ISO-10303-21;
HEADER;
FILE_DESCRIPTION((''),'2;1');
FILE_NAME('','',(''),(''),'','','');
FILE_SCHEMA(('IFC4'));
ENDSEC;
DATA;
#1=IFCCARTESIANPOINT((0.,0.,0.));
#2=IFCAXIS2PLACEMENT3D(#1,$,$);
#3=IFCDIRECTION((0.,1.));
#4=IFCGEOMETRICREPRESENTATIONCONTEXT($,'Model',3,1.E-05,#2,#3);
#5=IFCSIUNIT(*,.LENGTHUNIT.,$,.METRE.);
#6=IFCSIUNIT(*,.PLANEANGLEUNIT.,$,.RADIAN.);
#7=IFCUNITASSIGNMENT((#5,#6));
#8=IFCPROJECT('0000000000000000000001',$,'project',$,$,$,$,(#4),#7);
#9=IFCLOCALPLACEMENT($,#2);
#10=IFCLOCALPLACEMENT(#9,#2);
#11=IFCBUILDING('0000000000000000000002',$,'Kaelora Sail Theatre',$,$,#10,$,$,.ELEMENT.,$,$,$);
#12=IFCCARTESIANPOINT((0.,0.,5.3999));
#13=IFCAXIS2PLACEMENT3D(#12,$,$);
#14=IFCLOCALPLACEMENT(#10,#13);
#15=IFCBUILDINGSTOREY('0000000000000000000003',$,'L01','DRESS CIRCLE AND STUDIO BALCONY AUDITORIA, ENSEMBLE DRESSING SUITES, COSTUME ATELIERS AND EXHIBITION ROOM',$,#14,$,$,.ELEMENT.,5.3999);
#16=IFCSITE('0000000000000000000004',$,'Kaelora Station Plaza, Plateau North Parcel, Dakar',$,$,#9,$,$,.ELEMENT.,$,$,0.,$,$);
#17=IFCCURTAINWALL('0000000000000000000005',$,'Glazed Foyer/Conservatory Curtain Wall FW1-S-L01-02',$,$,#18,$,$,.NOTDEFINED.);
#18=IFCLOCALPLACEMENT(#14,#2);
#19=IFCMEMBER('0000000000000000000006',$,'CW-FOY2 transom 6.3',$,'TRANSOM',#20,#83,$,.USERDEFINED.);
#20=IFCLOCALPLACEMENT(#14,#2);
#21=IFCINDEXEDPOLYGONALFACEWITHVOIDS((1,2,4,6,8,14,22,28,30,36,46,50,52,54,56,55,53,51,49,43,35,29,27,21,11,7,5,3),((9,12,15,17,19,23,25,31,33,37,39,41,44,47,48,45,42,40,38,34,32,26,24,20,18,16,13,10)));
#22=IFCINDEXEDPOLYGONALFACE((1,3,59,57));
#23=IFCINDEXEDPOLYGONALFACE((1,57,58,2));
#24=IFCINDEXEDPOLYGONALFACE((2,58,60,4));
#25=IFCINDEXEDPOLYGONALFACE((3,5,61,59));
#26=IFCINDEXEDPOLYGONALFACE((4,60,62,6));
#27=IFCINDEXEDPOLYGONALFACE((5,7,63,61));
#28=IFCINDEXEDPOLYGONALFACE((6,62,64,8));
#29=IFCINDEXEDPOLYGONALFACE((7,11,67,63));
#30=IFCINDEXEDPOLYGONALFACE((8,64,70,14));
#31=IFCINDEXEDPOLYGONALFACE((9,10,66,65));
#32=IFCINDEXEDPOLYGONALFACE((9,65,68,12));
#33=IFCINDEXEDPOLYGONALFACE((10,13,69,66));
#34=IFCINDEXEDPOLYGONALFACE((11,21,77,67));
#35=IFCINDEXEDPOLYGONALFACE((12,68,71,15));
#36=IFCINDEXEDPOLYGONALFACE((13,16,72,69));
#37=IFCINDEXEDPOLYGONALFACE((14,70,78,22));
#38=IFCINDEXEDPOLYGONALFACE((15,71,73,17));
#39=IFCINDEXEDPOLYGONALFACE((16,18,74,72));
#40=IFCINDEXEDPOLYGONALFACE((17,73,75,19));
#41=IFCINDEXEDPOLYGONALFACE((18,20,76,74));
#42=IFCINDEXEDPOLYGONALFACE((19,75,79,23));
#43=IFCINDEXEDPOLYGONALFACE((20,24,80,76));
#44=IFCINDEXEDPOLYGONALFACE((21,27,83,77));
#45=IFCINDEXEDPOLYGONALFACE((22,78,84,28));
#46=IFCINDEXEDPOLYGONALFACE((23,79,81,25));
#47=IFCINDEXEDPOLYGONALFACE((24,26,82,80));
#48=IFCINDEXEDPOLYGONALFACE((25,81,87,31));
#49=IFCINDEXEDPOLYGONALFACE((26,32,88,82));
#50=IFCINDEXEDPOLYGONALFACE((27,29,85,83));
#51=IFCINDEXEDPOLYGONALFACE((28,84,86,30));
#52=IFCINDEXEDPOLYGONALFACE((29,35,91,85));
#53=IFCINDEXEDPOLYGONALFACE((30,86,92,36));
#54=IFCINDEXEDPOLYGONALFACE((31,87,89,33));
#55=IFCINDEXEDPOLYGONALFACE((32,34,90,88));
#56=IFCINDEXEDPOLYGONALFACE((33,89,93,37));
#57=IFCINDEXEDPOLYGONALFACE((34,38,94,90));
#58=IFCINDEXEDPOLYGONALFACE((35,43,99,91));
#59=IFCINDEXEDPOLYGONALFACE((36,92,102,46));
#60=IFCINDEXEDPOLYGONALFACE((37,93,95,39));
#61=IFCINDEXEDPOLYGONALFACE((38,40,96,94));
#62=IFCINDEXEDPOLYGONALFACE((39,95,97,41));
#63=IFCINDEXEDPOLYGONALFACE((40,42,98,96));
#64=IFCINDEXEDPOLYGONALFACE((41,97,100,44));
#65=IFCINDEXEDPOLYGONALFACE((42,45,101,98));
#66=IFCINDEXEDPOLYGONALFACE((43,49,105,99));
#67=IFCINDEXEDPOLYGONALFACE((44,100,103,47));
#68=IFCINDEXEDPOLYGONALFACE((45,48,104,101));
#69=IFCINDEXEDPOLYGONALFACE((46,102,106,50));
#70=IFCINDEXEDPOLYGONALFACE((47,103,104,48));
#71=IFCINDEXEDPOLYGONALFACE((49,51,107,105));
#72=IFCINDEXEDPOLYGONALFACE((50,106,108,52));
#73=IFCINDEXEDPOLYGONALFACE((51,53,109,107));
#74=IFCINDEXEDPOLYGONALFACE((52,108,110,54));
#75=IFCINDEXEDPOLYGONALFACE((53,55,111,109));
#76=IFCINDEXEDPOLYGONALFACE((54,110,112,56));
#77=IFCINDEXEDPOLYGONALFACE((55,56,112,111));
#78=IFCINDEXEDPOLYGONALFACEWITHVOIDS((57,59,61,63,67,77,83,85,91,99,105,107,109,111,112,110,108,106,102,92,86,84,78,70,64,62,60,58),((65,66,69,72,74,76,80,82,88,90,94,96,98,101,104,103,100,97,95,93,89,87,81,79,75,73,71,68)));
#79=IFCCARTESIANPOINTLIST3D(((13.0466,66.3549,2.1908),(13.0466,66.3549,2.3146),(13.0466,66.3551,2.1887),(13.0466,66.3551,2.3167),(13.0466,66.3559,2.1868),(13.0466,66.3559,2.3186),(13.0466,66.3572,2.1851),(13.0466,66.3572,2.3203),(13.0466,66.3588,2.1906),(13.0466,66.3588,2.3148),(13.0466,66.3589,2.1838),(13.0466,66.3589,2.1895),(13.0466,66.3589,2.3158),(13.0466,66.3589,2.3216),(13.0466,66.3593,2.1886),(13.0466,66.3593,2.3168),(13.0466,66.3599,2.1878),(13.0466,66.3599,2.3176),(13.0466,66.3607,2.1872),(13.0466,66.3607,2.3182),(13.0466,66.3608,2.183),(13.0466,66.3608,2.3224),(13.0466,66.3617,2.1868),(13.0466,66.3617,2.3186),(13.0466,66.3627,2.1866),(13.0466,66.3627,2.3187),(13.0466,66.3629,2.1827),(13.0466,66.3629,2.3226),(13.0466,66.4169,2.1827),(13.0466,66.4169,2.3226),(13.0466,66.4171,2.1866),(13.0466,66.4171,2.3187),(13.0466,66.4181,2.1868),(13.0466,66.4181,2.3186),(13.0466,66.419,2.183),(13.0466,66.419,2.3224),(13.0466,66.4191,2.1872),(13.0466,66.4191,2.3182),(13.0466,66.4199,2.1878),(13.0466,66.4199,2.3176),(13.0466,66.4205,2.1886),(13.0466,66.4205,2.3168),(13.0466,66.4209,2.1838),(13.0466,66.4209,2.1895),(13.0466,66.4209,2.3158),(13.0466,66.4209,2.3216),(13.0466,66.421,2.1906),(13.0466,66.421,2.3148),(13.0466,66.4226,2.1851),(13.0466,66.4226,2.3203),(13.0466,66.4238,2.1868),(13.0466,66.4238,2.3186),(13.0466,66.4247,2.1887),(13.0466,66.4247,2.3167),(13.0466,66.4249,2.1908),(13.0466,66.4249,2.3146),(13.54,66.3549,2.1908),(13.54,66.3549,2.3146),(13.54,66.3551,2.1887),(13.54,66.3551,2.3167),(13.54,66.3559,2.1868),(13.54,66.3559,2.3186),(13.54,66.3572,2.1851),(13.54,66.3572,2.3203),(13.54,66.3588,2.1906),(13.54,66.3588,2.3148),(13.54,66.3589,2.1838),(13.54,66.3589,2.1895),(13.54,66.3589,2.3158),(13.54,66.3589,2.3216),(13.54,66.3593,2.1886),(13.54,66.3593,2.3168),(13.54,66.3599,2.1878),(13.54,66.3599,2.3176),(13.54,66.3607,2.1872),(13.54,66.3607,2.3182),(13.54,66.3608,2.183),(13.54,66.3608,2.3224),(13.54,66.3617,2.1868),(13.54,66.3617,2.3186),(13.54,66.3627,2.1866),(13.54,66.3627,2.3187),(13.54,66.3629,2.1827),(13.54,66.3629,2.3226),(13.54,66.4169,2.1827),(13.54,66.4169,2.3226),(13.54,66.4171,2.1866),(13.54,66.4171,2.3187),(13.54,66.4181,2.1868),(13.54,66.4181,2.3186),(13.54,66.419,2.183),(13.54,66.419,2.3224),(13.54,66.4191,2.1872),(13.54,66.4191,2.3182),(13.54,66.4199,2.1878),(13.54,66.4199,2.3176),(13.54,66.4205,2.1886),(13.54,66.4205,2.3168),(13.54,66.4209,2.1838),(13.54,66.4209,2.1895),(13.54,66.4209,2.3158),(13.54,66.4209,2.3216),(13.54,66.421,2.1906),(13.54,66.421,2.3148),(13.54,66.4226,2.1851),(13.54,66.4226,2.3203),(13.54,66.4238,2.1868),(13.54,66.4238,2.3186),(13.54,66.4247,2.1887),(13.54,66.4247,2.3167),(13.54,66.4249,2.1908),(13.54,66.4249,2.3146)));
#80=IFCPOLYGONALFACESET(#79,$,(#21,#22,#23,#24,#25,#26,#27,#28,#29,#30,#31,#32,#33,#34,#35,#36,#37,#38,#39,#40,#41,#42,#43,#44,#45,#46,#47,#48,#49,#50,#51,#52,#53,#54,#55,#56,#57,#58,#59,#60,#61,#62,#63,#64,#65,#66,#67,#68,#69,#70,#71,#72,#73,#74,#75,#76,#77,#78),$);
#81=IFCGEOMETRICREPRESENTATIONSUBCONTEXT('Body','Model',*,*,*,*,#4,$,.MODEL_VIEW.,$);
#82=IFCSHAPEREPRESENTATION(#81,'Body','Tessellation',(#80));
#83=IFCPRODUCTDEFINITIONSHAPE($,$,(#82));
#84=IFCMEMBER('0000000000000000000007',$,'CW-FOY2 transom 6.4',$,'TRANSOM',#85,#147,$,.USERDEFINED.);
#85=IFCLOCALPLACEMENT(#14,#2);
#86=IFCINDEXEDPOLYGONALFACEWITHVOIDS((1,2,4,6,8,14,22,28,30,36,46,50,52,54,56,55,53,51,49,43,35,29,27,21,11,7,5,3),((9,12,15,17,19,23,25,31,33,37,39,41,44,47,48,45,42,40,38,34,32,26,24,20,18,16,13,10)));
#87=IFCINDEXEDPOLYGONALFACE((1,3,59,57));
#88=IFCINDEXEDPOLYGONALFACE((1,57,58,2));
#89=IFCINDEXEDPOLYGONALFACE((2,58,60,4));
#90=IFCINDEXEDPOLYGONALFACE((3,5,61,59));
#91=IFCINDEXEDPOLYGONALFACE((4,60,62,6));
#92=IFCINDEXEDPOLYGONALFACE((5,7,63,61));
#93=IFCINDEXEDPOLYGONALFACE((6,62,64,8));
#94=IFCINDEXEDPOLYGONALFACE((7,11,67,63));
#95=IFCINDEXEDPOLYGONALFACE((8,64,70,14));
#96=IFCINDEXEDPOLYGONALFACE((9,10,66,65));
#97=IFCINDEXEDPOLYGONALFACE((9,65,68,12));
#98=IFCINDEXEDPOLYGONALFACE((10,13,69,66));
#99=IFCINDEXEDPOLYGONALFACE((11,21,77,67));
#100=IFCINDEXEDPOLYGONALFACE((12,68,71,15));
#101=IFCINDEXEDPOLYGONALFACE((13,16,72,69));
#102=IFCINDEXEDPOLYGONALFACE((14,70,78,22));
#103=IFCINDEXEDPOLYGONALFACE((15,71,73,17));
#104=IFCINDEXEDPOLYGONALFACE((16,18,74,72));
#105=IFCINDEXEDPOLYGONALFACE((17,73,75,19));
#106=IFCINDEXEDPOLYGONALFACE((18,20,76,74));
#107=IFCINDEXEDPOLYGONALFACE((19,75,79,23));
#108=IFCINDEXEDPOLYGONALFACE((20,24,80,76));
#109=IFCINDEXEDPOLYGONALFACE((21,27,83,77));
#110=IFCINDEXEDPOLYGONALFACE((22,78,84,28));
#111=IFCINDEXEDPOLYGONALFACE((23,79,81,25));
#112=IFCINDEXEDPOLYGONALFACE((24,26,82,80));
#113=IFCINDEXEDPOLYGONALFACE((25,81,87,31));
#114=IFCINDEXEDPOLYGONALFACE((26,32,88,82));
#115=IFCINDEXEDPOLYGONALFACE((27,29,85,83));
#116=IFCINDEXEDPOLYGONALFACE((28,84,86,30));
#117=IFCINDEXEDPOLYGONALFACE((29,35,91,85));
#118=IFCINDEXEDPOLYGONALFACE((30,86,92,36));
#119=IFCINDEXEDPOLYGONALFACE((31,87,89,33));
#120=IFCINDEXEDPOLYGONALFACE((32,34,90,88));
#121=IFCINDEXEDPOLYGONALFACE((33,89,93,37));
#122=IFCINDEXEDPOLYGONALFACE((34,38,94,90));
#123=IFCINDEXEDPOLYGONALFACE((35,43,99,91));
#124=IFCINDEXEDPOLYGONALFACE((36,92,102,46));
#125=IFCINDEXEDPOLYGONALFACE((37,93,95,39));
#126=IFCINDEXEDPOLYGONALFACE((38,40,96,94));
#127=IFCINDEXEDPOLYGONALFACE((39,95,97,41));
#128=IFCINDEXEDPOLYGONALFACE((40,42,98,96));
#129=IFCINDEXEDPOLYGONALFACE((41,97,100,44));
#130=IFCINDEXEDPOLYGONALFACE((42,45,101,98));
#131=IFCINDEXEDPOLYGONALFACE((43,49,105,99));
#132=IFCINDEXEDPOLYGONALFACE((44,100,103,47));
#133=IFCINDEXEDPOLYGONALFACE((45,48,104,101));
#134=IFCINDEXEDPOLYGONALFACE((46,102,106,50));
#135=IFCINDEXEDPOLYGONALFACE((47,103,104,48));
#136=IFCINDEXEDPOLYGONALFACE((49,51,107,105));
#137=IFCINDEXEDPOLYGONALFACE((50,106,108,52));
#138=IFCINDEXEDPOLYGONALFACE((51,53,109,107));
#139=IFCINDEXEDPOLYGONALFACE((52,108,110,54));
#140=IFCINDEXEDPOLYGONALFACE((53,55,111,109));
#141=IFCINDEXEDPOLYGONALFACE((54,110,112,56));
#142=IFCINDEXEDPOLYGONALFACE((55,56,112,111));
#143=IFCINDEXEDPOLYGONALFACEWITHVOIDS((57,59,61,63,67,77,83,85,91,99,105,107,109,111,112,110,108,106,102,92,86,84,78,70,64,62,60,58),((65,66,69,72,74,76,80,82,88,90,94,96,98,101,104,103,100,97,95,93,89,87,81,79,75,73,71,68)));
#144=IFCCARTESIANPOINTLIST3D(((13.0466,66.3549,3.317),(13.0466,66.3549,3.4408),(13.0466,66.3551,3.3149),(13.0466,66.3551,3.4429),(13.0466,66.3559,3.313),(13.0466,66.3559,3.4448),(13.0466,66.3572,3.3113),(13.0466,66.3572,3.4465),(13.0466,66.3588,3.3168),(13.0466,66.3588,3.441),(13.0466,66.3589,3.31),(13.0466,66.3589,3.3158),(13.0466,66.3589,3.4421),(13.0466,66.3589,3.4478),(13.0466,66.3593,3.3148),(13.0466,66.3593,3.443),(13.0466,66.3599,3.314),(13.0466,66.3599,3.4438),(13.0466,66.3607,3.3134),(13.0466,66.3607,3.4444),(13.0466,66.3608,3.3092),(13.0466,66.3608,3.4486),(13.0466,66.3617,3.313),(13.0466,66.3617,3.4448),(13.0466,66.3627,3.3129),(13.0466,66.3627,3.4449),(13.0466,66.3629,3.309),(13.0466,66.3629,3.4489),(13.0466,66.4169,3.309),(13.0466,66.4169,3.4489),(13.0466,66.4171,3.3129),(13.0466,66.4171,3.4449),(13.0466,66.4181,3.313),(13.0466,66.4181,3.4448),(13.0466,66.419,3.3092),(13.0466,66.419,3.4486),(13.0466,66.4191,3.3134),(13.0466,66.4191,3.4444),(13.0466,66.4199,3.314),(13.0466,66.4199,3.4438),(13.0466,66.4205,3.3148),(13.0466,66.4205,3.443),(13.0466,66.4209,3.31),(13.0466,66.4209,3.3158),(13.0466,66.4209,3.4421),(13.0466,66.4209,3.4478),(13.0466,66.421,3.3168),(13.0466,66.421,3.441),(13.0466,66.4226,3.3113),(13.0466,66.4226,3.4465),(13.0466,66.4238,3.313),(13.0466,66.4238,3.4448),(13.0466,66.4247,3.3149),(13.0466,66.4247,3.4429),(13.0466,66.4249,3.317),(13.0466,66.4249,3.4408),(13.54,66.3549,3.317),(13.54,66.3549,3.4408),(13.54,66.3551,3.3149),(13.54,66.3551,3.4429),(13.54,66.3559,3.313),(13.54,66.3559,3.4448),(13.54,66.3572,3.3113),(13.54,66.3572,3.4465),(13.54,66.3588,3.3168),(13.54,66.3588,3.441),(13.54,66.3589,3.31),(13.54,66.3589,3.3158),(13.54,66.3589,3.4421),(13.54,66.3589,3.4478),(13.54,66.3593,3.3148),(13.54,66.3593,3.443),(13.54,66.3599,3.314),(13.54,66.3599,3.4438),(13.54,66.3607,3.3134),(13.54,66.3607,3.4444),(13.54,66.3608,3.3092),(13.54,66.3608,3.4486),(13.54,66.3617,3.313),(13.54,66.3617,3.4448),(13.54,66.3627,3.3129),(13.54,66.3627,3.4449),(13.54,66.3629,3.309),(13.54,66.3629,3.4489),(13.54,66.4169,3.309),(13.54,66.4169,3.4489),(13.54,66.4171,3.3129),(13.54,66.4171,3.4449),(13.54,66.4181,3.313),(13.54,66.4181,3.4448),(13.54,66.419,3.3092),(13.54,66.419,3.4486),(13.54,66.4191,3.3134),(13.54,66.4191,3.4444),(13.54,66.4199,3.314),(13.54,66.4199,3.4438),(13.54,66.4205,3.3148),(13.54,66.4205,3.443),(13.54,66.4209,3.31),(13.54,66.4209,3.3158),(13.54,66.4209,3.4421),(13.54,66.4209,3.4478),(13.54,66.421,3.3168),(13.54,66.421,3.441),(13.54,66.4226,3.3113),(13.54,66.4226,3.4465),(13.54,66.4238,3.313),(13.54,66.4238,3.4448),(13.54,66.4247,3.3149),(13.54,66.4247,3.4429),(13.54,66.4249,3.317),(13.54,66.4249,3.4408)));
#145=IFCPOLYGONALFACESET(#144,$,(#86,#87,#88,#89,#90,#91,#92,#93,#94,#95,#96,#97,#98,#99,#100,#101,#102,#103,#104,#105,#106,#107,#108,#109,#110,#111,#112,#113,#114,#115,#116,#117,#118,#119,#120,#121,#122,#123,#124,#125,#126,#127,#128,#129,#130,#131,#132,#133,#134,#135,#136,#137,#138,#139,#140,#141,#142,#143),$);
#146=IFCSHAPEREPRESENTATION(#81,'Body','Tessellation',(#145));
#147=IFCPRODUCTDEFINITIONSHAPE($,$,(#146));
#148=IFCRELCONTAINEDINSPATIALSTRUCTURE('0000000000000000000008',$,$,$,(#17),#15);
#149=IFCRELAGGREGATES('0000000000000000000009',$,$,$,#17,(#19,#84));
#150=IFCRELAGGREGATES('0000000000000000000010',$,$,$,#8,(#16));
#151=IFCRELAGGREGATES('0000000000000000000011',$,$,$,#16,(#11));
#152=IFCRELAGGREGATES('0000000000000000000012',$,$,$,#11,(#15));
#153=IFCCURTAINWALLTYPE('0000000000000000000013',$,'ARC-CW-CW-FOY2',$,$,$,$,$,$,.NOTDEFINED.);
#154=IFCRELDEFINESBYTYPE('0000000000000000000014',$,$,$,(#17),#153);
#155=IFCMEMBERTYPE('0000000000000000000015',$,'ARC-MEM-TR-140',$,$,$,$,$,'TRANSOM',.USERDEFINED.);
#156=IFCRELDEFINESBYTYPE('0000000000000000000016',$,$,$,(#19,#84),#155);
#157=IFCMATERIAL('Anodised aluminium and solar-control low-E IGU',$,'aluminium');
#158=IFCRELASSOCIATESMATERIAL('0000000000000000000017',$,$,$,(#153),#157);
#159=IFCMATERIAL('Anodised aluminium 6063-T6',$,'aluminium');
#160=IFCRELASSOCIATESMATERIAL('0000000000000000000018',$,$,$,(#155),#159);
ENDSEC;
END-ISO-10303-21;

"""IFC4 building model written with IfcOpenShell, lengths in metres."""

from ifc_helpers import new_model, si_unit, direction, frame, origin, origin_2d, place, context, subcontext, project, spatial, hollow_rectangle, extrude, material, material_profile, profile_set, type_object, element, aggregate, save


model = new_model("IFC4")

# Units and contexts
model_context = context("Model", 3, precision=1e-05, world=origin(), true_north=direction((0.0, 1.0)))
body_context = subcontext(model_context, "Body", "Model", "MODEL_VIEW")
ifc_project = project(units=[si_unit("LENGTHUNIT", "METRE"), si_unit("PLANEANGLEUNIT", "RADIAN")], contexts=[model_context])

# Site, building, storey
site_placement = place(None, origin())
site = spatial("IfcSite", under=ifc_project, at=site_placement, Name="Kaelora Station Plaza, Plateau North Parcel, Dakar", CompositionType="ELEMENT", RefElevation=0.0)
building_placement = place(site_placement, origin())
building = spatial("IfcBuilding", under=site, at=building_placement, Name="Kaelora Sail Theatre", CompositionType="ELEMENT")
storey_placement = place(building_placement, frame((0.0, 0.0, 5.3999)))
storey = spatial("IfcBuildingStorey", under=building, at=storey_placement, Name="L01", Description="DRESS CIRCLE AND STUDIO BALCONY AUDITORIA, ENSEMBLE DRESSING SUITES, COSTUME ATELIERS AND EXHIBITION ROOM", CompositionType="ELEMENT", Elevation=5.3999)

# Curtain wall, members
ifc_material_1 = material(Name="Anodised aluminium and solar-control low-E IGU", Category="aluminium")
curtain_wall_type = type_object("IfcCurtainWallType", Name="ARC-CW-CW-FOY2", PredefinedType="NOTDEFINED", material=ifc_material_1)
curtain_wall_1_placement = place(storey_placement, origin())
curtain_wall_1 = element("IfcCurtainWall", 1, at=curtain_wall_1_placement, inside=storey, type_object=curtain_wall_type, Name="Glazed Foyer/Conservatory Curtain Wall FW1-S-L01-02", PredefinedType="NOTDEFINED")
ifc_material_2 = material(Name="Anodised aluminium 6063-T6", Category="aluminium")
ifc_material_profile = material_profile(ifc_material_2, hollow_rectangle(XDim=0.0701, YDim=0.1399, WallThickness=0.0039, InnerFilletRadius=0.0039, OuterFilletRadius=0.0081, at=origin_2d()), Name="ALU-TRAN 70x140x4")
ifc_profile_set = profile_set([ifc_material_profile], Name="Anodised aluminium 6063-T6")
member_type = type_object("IfcMemberType", Name="ARC-MEM-TR-140", ElementType="TRANSOM", PredefinedType="USERDEFINED", material=ifc_profile_set)
member_1_placement = place(storey_placement, frame((13.0466, 66.3899, 2.2527), z_axis=(1.0, 0.0, 0.0), x_axis=(0.0, 1.0, 0.0)))
member_1 = element("IfcMember", 2, at=member_1_placement, type_object=member_type, Name="CW-FOY2 transom 6.3", ObjectType="TRANSOM", PredefinedType="USERDEFINED", context=body_context, shape_type="SweptSolid", body=[
    extrude(hollow_rectangle(XDim=0.0701, YDim=0.1399, WallThickness=0.0039, InnerFilletRadius=0.0039, OuterFilletRadius=0.0081, at=origin_2d()), origin(), (0.0, 0.0, 1.0), 0.4934),
])
member_2_placement = place(storey_placement, frame((13.0466, 66.3899, 3.3789), z_axis=(1.0, 0.0, 0.0), x_axis=(0.0, 1.0, 0.0)))
member_2 = element("IfcMember", 3, at=member_2_placement, type_object=member_type, Name="CW-FOY2 transom 6.4", ObjectType="TRANSOM", PredefinedType="USERDEFINED", context=body_context, shape_type="SweptSolid", body=[
    extrude(hollow_rectangle(XDim=0.0701, YDim=0.1399, WallThickness=0.0039, InnerFilletRadius=0.0039, OuterFilletRadius=0.0081, at=origin_2d()), origin(), (0.0, 0.0, 1.0), 0.4934),
])

aggregate(curtain_wall_1, [member_1, member_2])

save(model, "model.ifc")
